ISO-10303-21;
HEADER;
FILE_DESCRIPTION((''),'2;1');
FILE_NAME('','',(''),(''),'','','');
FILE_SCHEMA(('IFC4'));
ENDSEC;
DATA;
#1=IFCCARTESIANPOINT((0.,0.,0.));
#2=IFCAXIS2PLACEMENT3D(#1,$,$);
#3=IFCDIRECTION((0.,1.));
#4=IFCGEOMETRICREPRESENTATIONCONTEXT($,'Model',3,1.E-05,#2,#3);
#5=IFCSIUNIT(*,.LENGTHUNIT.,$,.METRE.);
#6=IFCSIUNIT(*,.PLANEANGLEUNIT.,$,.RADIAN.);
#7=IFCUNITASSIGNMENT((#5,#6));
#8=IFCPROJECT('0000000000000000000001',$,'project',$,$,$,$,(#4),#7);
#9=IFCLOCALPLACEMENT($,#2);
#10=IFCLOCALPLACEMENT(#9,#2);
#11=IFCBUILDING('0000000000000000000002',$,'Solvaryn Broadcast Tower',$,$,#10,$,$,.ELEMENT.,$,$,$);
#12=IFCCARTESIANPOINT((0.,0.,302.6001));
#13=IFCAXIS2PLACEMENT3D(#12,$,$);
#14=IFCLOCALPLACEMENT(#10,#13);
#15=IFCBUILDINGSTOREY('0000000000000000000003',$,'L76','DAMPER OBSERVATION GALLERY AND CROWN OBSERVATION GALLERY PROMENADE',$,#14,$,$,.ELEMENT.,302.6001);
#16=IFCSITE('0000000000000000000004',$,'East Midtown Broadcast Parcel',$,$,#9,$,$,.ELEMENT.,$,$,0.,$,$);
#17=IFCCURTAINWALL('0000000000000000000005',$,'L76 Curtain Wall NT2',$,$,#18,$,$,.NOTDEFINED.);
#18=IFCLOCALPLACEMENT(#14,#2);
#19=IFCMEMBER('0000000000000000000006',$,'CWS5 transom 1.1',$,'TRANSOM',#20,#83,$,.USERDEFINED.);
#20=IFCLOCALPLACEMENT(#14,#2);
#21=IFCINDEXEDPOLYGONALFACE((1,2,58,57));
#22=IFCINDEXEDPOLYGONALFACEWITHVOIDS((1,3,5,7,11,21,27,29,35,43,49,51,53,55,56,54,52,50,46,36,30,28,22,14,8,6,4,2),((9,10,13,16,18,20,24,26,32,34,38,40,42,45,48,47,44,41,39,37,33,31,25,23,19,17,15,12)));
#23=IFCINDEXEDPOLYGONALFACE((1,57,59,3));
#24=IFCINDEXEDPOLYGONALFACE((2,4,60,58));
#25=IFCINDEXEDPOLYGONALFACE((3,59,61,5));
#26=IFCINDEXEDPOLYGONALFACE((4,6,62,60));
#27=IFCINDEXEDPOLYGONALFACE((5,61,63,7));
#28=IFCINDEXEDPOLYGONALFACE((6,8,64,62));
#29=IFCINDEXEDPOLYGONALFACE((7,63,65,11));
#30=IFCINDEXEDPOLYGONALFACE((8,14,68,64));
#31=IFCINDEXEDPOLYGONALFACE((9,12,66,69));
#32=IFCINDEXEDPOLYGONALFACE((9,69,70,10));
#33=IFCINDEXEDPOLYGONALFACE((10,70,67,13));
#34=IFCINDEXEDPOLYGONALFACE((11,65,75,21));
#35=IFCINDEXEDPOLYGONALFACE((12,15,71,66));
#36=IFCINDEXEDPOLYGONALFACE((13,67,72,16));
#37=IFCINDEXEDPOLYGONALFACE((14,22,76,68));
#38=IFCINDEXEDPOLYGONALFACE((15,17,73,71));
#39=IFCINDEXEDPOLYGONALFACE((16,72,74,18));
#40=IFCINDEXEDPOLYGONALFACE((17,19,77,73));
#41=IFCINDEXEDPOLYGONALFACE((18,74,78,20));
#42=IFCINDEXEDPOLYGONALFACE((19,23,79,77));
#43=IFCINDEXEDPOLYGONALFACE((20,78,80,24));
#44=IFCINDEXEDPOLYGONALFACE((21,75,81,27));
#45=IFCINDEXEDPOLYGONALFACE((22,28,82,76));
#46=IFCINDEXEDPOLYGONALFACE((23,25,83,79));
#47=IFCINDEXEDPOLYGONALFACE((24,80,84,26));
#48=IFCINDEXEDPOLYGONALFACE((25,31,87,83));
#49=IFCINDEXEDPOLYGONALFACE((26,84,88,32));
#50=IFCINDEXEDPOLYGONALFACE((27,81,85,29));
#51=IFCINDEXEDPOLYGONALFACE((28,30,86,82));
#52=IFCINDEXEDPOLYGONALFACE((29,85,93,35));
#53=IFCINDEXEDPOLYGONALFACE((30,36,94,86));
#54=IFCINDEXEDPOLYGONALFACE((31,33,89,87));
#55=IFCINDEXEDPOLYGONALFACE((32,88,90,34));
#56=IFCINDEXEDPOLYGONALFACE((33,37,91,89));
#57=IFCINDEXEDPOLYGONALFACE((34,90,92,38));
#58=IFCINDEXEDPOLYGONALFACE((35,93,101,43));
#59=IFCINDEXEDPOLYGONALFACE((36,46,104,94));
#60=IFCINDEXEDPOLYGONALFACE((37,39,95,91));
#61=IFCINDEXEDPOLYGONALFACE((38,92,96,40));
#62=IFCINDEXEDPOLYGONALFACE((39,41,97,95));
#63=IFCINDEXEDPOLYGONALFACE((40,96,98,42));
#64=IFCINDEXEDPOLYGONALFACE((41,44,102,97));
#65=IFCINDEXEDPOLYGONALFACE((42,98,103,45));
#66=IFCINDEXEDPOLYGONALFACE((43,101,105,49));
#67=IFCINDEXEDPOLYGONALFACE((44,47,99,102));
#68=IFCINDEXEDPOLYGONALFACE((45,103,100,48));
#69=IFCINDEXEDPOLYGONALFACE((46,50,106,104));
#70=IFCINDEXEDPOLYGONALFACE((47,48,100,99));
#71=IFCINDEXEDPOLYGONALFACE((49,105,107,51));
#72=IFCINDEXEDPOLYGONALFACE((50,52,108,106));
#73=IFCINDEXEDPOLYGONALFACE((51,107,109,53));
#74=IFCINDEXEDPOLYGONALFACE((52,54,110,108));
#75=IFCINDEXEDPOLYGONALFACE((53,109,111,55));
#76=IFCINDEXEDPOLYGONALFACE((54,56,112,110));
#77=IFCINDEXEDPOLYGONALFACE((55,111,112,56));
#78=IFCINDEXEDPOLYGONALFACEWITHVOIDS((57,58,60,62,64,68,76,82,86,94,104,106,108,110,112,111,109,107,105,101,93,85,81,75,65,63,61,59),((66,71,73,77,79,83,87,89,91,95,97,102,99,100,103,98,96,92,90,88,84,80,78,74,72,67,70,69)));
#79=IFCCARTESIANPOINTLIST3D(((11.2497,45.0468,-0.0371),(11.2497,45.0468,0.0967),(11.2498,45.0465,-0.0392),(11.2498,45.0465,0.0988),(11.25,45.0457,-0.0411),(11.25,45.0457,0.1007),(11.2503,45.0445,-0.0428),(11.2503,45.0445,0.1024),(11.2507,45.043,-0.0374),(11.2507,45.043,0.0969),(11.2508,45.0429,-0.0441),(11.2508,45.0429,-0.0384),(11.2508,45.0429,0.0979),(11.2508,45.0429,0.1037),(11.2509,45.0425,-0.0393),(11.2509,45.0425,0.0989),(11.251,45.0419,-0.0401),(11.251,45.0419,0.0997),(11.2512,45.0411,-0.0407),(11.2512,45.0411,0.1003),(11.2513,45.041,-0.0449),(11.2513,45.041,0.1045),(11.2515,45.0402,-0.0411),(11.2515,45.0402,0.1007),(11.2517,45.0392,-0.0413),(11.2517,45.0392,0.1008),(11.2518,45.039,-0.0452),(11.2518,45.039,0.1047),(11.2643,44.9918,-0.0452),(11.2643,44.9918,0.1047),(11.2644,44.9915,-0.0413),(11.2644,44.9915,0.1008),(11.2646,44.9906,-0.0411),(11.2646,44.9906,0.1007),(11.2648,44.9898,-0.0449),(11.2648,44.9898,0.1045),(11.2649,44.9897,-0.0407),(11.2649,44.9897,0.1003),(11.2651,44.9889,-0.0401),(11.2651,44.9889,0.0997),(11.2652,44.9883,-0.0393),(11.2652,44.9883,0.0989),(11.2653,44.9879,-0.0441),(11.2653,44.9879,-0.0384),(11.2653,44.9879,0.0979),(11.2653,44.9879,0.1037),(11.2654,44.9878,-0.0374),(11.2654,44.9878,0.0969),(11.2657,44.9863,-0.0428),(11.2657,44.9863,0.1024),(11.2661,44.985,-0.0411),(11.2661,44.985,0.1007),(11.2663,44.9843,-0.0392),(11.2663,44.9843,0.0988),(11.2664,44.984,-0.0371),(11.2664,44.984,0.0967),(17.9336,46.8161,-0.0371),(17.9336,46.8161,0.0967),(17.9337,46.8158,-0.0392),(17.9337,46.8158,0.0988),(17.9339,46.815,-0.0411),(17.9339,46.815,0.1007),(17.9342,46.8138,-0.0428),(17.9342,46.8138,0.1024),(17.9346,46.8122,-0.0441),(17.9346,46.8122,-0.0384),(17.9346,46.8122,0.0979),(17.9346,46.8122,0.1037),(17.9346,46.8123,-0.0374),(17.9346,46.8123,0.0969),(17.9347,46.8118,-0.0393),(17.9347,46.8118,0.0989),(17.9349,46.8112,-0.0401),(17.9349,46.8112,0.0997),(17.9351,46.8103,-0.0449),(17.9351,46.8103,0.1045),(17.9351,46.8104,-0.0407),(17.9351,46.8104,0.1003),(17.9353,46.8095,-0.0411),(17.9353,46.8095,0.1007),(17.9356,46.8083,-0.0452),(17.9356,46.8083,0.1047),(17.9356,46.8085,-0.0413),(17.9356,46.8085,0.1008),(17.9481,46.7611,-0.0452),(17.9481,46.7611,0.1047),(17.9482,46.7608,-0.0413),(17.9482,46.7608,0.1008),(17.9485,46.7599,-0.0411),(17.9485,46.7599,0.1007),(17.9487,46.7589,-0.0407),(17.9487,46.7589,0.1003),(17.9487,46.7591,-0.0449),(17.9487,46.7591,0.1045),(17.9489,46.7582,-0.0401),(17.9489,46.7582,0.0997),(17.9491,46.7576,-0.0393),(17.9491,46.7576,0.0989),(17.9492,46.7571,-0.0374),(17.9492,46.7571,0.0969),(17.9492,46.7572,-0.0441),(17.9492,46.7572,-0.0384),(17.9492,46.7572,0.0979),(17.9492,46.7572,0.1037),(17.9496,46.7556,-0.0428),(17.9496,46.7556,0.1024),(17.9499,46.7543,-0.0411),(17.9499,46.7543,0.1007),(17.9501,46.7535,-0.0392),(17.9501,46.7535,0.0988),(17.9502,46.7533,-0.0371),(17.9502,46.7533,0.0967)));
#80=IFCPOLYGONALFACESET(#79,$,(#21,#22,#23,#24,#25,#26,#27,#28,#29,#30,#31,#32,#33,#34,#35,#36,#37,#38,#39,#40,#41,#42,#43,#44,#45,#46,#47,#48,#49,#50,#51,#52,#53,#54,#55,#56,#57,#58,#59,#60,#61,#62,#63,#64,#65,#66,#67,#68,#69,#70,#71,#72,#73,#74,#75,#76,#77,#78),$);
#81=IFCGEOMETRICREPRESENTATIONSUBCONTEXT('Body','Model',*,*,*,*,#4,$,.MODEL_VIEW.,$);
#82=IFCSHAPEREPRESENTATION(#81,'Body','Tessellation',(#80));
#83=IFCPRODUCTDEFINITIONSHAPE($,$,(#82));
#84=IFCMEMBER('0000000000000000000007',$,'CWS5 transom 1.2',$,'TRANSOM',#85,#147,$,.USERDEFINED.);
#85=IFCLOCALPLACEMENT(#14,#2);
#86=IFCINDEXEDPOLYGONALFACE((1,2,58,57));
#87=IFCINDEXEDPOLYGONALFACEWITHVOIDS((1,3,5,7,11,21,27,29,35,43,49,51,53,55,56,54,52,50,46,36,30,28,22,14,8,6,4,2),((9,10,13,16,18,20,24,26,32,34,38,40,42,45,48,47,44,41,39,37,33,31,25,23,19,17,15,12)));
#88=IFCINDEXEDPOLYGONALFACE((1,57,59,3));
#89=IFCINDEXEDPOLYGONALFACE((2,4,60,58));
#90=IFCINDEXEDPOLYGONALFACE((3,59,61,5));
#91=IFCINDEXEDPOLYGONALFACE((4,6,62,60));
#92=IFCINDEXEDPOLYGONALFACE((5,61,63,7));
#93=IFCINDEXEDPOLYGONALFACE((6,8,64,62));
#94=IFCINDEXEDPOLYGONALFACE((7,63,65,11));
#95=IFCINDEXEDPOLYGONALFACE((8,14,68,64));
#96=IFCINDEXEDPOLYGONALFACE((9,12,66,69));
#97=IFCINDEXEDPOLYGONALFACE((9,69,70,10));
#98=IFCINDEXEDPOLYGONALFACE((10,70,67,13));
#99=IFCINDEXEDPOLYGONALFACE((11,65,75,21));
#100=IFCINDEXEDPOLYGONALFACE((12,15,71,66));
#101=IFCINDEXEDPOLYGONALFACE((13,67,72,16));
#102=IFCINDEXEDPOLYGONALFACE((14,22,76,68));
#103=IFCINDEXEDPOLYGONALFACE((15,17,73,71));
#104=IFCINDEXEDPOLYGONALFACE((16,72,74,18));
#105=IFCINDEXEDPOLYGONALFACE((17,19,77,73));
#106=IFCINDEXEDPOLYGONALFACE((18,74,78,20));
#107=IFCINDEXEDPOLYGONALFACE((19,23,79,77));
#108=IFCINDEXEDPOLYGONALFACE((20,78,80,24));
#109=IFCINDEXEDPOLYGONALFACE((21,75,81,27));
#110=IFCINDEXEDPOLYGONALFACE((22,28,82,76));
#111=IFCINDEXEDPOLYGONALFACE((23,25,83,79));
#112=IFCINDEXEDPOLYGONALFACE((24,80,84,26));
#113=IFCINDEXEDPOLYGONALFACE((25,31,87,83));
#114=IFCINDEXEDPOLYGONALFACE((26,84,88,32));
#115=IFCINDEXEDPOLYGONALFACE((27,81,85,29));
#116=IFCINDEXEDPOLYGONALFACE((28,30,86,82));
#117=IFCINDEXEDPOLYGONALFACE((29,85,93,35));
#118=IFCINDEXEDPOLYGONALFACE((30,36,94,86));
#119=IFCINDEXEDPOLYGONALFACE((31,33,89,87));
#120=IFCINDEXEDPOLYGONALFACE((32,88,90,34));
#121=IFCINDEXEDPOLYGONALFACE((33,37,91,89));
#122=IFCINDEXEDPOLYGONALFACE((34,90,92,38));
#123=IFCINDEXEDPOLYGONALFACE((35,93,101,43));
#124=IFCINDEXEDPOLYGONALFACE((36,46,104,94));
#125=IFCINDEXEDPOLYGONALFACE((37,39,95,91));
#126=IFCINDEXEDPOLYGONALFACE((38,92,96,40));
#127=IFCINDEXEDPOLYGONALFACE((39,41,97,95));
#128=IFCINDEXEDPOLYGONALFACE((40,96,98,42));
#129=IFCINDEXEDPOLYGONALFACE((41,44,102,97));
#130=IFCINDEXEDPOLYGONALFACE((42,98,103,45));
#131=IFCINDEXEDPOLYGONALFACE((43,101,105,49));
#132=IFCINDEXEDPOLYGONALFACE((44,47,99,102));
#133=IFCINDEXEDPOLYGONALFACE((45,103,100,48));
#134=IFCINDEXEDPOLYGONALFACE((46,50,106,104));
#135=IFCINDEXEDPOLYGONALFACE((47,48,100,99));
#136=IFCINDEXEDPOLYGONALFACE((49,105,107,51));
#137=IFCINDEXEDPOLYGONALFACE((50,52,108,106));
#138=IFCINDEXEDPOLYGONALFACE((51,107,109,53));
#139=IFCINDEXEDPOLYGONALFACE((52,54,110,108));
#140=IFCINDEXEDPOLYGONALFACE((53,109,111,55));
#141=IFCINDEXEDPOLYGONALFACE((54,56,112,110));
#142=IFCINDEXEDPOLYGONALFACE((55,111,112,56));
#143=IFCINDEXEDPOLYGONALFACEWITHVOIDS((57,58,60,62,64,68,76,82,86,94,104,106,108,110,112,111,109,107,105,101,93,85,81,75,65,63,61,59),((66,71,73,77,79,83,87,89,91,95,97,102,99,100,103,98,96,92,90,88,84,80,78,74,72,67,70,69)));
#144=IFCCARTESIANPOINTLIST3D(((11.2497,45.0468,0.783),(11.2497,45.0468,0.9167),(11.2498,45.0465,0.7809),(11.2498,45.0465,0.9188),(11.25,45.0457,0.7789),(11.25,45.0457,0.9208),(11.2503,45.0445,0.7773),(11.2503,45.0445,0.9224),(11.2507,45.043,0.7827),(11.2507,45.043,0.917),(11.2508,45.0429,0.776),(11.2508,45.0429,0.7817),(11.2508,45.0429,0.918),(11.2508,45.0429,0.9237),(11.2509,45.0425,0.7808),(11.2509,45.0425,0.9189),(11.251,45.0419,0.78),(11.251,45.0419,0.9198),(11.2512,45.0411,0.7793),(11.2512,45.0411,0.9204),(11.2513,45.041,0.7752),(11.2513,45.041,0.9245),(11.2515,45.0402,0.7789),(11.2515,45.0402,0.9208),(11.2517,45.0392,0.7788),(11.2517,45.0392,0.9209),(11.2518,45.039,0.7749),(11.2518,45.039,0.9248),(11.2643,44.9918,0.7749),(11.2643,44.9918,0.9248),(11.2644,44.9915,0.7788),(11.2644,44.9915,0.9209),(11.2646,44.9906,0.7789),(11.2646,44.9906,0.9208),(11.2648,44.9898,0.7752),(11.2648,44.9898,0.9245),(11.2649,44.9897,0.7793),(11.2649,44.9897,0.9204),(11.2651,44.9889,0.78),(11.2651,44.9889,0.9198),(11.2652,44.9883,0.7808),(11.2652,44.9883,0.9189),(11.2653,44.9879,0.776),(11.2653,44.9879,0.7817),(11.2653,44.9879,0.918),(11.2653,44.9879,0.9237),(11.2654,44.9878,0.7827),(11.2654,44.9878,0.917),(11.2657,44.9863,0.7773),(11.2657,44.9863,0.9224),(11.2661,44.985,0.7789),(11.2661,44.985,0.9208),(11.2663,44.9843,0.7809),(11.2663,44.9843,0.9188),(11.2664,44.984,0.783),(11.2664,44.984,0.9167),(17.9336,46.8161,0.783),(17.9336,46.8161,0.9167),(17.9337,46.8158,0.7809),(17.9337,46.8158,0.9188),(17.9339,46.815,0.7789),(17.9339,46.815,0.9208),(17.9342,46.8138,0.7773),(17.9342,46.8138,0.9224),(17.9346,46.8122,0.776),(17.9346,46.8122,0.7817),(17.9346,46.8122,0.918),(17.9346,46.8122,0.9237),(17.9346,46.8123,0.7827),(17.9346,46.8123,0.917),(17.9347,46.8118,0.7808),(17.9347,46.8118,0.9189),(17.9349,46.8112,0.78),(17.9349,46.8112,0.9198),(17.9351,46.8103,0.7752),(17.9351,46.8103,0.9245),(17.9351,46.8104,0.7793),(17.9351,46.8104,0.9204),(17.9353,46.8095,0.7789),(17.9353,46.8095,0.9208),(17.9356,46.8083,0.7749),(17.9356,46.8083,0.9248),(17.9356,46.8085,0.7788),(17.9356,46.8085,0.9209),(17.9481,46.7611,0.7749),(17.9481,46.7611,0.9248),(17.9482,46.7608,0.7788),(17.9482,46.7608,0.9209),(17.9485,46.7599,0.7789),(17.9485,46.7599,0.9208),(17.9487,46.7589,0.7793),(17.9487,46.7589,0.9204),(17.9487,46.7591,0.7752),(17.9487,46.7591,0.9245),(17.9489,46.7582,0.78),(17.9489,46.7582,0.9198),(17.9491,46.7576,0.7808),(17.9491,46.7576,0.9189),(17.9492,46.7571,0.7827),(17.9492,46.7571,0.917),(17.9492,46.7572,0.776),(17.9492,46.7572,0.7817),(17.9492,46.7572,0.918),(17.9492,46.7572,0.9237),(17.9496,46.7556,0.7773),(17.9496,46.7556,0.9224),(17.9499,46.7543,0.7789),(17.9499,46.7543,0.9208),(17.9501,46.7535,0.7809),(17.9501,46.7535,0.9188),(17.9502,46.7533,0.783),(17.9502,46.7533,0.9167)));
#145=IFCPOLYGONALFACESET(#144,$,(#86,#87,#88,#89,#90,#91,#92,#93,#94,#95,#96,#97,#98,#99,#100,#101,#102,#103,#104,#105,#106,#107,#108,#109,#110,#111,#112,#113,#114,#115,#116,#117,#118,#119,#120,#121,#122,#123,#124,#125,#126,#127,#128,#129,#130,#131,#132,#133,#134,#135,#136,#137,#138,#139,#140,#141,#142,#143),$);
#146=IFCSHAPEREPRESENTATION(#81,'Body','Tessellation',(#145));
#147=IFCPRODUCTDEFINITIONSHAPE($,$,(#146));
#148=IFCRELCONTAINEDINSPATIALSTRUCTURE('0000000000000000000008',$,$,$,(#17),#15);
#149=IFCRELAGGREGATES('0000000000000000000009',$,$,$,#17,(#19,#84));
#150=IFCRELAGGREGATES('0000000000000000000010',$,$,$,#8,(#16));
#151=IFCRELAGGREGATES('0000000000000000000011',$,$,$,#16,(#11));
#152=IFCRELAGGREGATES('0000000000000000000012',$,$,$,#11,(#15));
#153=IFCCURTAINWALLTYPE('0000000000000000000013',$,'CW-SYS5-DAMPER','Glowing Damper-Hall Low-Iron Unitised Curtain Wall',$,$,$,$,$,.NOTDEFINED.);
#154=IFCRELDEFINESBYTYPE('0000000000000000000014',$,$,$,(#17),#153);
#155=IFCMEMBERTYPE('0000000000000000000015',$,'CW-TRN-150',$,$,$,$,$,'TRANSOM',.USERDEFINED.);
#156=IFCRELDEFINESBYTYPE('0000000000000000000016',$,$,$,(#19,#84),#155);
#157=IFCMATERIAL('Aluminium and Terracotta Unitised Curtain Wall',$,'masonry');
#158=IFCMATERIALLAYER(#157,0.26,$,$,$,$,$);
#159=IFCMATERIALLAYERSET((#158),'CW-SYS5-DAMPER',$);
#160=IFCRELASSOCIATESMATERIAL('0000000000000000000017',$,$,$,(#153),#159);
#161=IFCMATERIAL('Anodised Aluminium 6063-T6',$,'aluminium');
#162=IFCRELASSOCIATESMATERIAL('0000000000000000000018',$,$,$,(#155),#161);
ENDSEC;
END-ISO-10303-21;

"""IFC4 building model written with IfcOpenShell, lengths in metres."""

from ifc_helpers import new_model, si_unit, direction, frame, origin, origin_2d, place, context, subcontext, project, spatial, hollow_rectangle, extrude, material, layer, layer_set, material_profile, profile_set, type_object, element, aggregate, save


model = new_model("IFC4")

# Units and contexts
model_context = context("Model", 3, precision=1e-05, world=origin(), true_north=direction((0.0, 1.0)))
body_context = subcontext(model_context, "Body", "Model", "MODEL_VIEW")
ifc_project = project(units=[si_unit("LENGTHUNIT", "METRE"), si_unit("PLANEANGLEUNIT", "RADIAN")], contexts=[model_context])

# Site, building, storey
site_placement = place(None, origin())
site = spatial("IfcSite", under=ifc_project, at=site_placement, Name="East Midtown Broadcast Parcel", CompositionType="ELEMENT", RefElevation=0.0)
building_placement = place(site_placement, origin())
building = spatial("IfcBuilding", under=site, at=building_placement, Name="Solvaryn Broadcast Tower", CompositionType="ELEMENT")
storey_placement = place(building_placement, frame((0.0, 0.0, 302.6001)))
storey = spatial("IfcBuildingStorey", under=building, at=storey_placement, Name="L76", Description="DAMPER OBSERVATION GALLERY AND CROWN OBSERVATION GALLERY PROMENADE", CompositionType="ELEMENT", Elevation=302.6001)

# Shared definitions
ifc_material_1 = material(Name="Aluminium and Terracotta Unitised Curtain Wall", Category="masonry")
ifc_layer_1 = layer(ifc_material_1, 0.26)
ifc_layer_set_1 = layer_set([ifc_layer_1], Name="CW-SYS5-DAMPER")
curtain_wall_type = type_object("IfcCurtainWallType", Name="CW-SYS5-DAMPER", Description="Glowing Damper-Hall Low-Iron Unitised Curtain Wall", PredefinedType="NOTDEFINED", material=ifc_layer_set_1)

# Curtain wall
curtain_wall_1_placement = place(storey_placement, origin())
curtain_wall_1 = element("IfcCurtainWall", 1, at=curtain_wall_1_placement, inside=storey, type_object=curtain_wall_type, Name="L76 Curtain Wall NT2", PredefinedType="NOTDEFINED")

# Members
ifc_material_2 = material(Name="Anodised Aluminium 6063-T6", Category="aluminium")
ifc_material_profile_1 = material_profile(ifc_material_2, hollow_rectangle(XDim=0.0649, YDim=0.1499, WallThickness=0.0039, InnerFilletRadius=0.0039, OuterFilletRadius=0.0081, at=origin_2d()))
ifc_profile_set_1 = profile_set([ifc_material_profile_1], Name="Anodised Aluminium 6063-T6")
member_type_1 = type_object("IfcMemberType", Name="CW-TRN-150", ElementType="TRANSOM", PredefinedType="USERDEFINED", material=ifc_profile_set_1)
member_1_placement = place(storey_placement, frame((17.9419, 46.7847, 0.0298), z_axis=(-0.966704, -0.255897, 0.0), x_axis=(0.255897, -0.966704, 0.0)))
member_1 = element("IfcMember", 2, at=member_1_placement, type_object=member_type_1, Name="CWS5 transom 1.1", ObjectType="TRANSOM", PredefinedType="USERDEFINED", context=body_context, shape_type="SweptSolid", body=[
    extrude(hollow_rectangle(XDim=0.0649, YDim=0.1499, WallThickness=0.0039, InnerFilletRadius=0.0039, OuterFilletRadius=0.0081, at=origin_2d()), origin(), (0.0, 0.0, 1.0), 6.9141),
])
member_2_placement = place(storey_placement, frame((17.9419, 46.7847, 0.8499), z_axis=(-0.966704, -0.255897, 0.0), x_axis=(0.255897, -0.966704, 0.0)))
member_2 = element("IfcMember", 3, at=member_2_placement, type_object=member_type_1, Name="CWS5 transom 1.2", ObjectType="TRANSOM", PredefinedType="USERDEFINED", context=body_context, shape_type="SweptSolid", body=[
    extrude(hollow_rectangle(XDim=0.0649, YDim=0.1499, WallThickness=0.0039, InnerFilletRadius=0.0039, OuterFilletRadius=0.0081, at=origin_2d()), origin(), (0.0, 0.0, 1.0), 6.9141),
])

aggregate(curtain_wall_1, [member_1, member_2])

save(model, "model.ifc")
